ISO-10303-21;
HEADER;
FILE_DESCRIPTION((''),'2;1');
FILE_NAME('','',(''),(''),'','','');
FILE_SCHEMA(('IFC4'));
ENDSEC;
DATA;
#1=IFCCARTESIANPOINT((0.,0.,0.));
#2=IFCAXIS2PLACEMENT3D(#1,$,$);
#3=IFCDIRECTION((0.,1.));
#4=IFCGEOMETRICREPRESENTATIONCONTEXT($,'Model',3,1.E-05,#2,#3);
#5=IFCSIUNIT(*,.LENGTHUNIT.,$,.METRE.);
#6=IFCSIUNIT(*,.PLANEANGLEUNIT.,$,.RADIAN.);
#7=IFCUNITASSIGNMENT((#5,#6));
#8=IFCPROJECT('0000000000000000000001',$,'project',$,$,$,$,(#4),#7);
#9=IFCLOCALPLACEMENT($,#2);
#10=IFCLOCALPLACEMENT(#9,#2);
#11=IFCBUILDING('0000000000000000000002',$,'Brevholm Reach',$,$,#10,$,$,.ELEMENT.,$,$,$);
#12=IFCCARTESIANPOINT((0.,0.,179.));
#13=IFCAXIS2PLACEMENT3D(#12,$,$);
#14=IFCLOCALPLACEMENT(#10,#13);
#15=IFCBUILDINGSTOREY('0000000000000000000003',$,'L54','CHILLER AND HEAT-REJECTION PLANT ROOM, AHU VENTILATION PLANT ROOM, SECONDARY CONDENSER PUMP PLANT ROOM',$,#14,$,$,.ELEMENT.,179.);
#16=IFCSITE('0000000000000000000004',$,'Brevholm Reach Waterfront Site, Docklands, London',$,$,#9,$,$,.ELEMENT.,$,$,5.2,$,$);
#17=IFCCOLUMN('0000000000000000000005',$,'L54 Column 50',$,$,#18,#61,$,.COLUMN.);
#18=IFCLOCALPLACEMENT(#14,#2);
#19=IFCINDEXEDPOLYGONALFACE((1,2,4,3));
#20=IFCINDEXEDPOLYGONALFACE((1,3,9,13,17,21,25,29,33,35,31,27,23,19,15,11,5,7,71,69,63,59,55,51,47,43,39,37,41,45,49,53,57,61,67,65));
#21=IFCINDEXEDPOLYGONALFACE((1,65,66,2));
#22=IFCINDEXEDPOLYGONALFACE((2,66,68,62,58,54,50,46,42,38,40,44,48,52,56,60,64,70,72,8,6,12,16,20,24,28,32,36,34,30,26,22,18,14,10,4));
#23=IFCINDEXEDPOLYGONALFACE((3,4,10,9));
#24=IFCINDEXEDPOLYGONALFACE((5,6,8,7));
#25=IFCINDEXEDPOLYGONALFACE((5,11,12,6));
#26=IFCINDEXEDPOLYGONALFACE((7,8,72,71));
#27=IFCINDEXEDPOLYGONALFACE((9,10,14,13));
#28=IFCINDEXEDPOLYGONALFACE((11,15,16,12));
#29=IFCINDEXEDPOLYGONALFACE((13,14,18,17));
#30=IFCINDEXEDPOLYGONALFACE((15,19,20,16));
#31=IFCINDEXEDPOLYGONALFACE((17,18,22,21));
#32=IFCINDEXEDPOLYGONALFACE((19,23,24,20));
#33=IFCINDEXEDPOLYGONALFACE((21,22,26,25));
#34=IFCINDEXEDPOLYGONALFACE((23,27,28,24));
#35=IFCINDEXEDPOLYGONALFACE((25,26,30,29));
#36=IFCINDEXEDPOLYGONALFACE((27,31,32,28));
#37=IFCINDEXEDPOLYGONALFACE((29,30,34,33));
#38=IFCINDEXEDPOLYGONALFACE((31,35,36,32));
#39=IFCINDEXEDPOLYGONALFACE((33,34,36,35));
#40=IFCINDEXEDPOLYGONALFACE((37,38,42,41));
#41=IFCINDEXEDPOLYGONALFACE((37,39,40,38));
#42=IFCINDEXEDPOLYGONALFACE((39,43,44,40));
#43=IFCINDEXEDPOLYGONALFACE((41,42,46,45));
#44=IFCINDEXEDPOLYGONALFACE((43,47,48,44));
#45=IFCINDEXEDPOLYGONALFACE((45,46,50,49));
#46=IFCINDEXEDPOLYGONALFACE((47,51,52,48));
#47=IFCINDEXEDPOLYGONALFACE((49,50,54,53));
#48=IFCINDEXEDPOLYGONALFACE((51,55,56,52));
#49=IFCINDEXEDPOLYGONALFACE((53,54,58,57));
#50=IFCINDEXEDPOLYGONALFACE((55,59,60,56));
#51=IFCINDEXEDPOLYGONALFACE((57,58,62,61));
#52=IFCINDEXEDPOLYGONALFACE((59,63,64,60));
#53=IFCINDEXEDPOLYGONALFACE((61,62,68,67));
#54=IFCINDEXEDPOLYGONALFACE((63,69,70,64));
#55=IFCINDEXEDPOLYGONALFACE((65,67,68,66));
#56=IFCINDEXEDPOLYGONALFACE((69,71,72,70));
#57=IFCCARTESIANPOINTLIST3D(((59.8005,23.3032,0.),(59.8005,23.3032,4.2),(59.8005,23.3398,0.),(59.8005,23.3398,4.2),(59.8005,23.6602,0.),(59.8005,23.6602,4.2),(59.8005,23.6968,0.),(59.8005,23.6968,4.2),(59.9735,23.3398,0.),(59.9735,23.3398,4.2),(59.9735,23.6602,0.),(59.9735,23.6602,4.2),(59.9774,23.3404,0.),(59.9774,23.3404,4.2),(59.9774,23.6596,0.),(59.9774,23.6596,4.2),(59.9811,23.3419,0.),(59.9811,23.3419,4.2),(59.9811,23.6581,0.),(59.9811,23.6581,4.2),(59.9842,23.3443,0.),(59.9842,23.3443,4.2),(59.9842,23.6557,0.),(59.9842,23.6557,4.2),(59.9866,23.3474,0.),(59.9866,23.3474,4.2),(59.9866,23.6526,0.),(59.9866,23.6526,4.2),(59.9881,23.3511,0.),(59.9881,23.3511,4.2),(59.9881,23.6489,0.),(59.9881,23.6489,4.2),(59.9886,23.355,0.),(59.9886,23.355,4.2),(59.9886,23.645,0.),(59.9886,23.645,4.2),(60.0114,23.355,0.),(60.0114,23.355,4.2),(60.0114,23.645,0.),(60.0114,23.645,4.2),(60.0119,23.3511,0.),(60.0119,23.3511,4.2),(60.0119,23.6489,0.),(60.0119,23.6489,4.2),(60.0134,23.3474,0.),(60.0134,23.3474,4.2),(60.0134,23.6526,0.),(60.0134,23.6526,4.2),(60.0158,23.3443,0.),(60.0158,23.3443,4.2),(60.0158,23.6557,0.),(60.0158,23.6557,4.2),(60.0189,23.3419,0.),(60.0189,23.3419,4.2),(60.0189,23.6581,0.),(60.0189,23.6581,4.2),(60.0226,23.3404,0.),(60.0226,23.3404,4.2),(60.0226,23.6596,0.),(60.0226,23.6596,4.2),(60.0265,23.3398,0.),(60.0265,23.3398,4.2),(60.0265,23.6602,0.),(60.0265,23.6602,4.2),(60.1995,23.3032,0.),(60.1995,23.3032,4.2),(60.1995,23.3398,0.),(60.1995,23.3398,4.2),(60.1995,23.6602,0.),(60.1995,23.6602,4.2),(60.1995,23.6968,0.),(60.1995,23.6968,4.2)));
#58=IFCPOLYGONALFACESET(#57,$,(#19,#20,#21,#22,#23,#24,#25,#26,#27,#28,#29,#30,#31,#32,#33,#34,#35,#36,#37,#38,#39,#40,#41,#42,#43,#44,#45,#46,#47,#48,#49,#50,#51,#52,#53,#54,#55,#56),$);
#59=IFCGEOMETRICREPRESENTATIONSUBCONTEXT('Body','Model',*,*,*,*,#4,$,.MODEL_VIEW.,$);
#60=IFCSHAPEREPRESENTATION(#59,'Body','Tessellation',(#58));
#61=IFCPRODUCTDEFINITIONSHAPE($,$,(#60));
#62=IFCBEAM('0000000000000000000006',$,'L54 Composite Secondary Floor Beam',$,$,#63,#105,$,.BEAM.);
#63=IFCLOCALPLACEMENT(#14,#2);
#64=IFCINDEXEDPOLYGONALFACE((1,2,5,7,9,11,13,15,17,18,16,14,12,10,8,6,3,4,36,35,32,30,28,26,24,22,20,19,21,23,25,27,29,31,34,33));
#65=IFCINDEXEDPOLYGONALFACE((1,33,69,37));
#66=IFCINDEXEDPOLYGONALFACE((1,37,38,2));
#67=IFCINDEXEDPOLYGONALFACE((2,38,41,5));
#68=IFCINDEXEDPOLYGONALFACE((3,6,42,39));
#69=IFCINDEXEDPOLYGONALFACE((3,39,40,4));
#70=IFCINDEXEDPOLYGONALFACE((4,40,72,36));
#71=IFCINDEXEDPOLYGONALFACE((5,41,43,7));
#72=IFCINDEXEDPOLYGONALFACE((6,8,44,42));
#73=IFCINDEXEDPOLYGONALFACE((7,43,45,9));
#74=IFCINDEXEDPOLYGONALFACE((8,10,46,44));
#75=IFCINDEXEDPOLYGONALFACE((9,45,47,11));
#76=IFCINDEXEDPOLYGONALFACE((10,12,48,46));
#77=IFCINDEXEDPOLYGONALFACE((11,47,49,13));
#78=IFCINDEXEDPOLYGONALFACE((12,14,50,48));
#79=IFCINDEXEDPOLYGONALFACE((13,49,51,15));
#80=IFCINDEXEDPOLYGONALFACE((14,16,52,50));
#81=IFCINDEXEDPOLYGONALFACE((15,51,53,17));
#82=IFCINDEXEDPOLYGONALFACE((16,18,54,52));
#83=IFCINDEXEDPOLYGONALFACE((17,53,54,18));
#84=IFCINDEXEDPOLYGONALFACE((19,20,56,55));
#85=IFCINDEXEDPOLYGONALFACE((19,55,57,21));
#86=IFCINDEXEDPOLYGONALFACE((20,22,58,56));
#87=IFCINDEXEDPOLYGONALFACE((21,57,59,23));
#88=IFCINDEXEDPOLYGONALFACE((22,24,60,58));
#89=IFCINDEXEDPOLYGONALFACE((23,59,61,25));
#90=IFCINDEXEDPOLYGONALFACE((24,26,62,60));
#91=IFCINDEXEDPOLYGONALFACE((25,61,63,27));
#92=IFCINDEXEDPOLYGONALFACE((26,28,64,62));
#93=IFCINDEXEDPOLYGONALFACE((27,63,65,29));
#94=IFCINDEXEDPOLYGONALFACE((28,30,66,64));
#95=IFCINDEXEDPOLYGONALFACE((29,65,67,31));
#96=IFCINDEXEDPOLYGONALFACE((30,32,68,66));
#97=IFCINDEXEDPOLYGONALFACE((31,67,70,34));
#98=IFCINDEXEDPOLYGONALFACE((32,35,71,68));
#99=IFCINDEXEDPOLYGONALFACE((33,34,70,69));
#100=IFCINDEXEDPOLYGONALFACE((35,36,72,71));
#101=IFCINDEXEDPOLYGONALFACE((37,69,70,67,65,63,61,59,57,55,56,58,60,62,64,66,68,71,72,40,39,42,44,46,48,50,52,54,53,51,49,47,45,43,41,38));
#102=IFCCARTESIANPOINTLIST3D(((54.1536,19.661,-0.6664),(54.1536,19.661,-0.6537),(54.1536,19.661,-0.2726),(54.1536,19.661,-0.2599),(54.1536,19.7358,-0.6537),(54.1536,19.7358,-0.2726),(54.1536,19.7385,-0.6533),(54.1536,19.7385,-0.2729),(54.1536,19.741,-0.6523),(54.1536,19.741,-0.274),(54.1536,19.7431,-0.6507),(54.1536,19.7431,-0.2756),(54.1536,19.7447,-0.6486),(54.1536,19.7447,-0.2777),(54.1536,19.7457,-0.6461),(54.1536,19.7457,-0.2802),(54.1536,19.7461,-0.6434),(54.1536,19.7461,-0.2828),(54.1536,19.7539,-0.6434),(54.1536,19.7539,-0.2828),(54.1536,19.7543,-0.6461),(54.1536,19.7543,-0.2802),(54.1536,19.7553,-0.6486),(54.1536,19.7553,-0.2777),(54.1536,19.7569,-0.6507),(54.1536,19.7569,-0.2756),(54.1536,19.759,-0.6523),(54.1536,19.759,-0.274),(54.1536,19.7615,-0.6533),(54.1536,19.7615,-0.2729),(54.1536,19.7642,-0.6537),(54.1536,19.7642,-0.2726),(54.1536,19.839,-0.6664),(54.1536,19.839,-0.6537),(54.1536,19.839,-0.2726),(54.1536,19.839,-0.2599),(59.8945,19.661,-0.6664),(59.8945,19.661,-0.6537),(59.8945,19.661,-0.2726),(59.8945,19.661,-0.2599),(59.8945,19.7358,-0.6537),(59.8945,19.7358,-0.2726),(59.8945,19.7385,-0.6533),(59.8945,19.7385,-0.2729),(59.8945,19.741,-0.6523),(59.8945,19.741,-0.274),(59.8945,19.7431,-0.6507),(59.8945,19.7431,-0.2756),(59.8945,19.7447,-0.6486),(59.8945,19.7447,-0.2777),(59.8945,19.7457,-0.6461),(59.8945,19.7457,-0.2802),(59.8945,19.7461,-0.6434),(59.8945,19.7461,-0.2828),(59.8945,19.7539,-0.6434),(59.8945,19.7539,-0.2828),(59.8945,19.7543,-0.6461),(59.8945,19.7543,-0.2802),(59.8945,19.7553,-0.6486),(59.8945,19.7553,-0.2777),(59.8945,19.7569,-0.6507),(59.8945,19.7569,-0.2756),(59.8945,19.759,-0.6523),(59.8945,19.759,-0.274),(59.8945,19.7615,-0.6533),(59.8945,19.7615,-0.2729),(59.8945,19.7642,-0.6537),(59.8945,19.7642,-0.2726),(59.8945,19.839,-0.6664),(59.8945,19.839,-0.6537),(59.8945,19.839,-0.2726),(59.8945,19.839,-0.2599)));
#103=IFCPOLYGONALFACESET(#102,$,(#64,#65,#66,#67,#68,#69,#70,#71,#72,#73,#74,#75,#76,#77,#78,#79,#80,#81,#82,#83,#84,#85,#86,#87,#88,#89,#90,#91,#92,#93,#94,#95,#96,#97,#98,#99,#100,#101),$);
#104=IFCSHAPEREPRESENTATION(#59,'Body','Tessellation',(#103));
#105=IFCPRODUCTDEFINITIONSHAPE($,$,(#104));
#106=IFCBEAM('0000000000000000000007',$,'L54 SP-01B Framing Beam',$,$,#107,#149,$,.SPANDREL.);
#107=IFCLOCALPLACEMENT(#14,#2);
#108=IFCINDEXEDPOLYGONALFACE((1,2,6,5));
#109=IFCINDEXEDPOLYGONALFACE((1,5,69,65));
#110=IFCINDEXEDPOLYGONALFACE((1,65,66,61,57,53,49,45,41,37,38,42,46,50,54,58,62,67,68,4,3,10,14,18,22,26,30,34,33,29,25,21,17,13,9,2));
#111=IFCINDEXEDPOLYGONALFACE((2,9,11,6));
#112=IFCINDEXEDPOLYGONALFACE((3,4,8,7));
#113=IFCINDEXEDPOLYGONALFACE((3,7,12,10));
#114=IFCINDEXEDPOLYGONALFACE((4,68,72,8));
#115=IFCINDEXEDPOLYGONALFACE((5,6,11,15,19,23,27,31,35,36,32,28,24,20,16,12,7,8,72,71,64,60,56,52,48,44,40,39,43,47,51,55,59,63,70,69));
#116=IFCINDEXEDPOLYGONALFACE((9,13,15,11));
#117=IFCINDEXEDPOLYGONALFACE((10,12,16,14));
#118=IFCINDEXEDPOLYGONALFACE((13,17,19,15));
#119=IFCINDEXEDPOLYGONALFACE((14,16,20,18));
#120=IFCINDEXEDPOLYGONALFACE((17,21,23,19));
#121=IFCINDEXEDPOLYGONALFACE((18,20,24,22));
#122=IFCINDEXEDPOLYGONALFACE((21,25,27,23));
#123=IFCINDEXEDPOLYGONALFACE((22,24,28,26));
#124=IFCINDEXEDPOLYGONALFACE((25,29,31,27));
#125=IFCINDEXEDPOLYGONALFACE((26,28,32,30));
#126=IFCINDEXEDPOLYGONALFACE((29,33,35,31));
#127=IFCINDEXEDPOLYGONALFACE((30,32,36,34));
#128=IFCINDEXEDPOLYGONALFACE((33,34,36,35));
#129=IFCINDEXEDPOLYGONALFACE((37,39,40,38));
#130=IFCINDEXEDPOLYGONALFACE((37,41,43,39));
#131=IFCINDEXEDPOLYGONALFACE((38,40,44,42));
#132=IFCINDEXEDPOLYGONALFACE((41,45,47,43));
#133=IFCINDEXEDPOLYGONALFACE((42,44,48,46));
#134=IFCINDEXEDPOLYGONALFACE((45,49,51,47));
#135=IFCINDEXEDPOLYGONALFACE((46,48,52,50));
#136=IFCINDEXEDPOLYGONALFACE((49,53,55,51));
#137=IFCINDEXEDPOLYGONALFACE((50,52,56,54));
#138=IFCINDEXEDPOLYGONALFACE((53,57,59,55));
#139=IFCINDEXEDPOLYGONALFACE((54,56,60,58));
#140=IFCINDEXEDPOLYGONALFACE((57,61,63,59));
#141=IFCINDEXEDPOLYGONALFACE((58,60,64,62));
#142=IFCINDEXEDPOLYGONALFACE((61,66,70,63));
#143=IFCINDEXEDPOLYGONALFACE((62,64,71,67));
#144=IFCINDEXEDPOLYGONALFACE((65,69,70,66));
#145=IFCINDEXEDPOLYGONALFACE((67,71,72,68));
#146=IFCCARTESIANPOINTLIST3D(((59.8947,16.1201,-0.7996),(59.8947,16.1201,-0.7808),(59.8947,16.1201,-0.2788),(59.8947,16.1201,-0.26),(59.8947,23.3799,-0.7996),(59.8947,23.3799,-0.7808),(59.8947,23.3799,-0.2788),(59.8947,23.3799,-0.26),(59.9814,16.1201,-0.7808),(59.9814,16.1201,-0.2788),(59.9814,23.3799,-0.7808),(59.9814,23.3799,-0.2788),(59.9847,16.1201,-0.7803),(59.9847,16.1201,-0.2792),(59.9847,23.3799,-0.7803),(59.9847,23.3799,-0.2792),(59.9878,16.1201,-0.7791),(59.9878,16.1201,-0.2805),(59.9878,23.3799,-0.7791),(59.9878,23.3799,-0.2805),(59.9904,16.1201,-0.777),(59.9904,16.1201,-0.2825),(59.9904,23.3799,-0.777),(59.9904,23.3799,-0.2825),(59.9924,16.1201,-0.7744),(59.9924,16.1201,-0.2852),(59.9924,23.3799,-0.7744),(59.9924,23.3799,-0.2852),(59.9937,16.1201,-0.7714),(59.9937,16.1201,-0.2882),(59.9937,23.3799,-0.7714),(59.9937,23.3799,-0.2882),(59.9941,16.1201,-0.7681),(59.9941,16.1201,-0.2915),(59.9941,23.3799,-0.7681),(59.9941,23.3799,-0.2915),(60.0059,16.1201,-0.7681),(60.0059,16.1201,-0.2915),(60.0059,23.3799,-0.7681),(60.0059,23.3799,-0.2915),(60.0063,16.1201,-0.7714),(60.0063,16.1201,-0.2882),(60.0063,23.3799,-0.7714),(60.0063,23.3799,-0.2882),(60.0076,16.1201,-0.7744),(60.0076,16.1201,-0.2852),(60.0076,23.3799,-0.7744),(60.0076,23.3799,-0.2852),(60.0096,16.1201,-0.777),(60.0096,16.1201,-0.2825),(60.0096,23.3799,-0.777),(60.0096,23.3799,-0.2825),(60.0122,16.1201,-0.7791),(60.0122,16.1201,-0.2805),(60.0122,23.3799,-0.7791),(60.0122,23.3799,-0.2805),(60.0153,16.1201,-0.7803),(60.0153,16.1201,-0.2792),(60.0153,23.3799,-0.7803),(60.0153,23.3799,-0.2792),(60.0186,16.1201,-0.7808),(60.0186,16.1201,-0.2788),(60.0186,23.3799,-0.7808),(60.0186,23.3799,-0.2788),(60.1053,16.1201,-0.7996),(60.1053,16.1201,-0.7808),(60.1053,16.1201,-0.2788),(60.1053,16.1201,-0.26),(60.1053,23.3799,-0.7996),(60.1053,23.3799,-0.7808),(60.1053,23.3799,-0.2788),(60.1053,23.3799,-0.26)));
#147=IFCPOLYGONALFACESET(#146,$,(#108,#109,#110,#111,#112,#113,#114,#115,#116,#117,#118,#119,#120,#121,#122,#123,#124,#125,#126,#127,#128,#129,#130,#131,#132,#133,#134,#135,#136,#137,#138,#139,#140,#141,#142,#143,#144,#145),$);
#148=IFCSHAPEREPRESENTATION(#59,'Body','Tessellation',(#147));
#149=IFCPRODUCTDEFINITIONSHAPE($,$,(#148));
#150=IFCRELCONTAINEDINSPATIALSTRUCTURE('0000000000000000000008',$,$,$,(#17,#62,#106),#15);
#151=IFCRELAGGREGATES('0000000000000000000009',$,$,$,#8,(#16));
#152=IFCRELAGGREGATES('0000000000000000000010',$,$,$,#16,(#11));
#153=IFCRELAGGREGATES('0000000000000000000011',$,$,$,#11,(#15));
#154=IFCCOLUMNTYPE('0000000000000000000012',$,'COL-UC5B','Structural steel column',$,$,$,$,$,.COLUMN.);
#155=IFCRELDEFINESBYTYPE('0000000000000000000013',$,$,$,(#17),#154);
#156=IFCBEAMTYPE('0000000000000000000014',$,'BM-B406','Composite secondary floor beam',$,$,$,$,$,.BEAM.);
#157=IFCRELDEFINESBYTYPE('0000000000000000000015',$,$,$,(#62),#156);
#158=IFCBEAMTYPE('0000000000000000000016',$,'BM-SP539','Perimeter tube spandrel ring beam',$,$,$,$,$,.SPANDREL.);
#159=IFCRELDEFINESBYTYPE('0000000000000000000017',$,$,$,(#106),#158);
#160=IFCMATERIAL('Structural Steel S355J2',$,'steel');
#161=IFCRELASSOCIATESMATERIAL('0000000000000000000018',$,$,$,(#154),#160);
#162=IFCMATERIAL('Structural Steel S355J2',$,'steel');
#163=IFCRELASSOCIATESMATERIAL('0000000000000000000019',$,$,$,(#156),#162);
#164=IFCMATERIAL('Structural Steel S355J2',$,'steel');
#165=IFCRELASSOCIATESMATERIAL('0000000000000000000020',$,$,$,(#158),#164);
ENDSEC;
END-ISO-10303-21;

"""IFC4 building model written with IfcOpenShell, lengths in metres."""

from ifc_helpers import new_model, si_unit, direction, frame, origin, origin_2d, place, context, subcontext, project, spatial, i_section, extrude, material, material_profile, profile_set, type_object, element, save


model = new_model("IFC4")

# Units and contexts
model_context = context("Model", 3, precision=1e-05, world=origin(), true_north=direction((0.0, 1.0)))
body_context = subcontext(model_context, "Body", "Model", "MODEL_VIEW")
ifc_project = project(units=[si_unit("LENGTHUNIT", "METRE"), si_unit("PLANEANGLEUNIT", "RADIAN")], contexts=[model_context])

# Site, building, storey
site_placement = place(None, origin())
site = spatial("IfcSite", under=ifc_project, at=site_placement, Name="Brevholm Reach Waterfront Site, Docklands, London", CompositionType="ELEMENT", RefElevation=5.2)
building_placement = place(site_placement, origin())
building = spatial("IfcBuilding", under=site, at=building_placement, Name="Brevholm Reach", CompositionType="ELEMENT")
storey_placement = place(building_placement, frame((0.0, 0.0, 179.0)))
storey = spatial("IfcBuildingStorey", under=building, at=storey_placement, Name="L54", Description="CHILLER AND HEAT-REJECTION PLANT ROOM, AHU VENTILATION PLANT ROOM, SECONDARY CONDENSER PUMP PLANT ROOM", CompositionType="ELEMENT", Elevation=179.0)

# Column
ifc_material_1 = material(Name="Structural Steel S355J2", Category="steel")
ifc_material_profile_1 = material_profile(ifc_material_1, i_section(OverallWidth=0.3989, OverallDepth=0.3936, WebThickness=0.0227, FlangeThickness=0.0366, FilletRadius=0.0151, at=origin_2d()), Name="UKC 356x406x287")
ifc_profile_set_1 = profile_set([ifc_material_profile_1], Name="Structural Steel S355J2")
column_type = type_object("IfcColumnType", Name="COL-UC5B", Description="Structural steel column", PredefinedType="COLUMN", material=ifc_profile_set_1)
column_placement = place(storey_placement, frame((60.0, 23.5, 0.0), z_axis=(0.0, 0.0, 1.0), x_axis=(1.0, 0.0, 0.0)))
element("IfcColumn", 1, at=column_placement, inside=storey, type_object=column_type, Name="L54 Column 50", PredefinedType="COLUMN", context=body_context, shape_type="SweptSolid", body=[
    extrude(i_section(OverallWidth=0.3989, OverallDepth=0.3936, WebThickness=0.0227, FlangeThickness=0.0366, FilletRadius=0.0151, at=origin_2d()), origin(), (0.0, 0.0, 1.0), 4.2),
])

# Beams
ifc_material_2 = material(Name="Structural Steel S355J2", Category="steel")
ifc_material_profile_2 = material_profile(ifc_material_2, i_section(OverallWidth=0.178, OverallDepth=0.4065, WebThickness=0.0078, FlangeThickness=0.0127, FilletRadius=0.0103, at=origin_2d()), Name="UKB 406x178x60")
ifc_profile_set_2 = profile_set([ifc_material_profile_2], Name="Structural Steel S355J2")
beam_type_1 = type_object("IfcBeamType", Name="BM-B406", Description="Composite secondary floor beam", PredefinedType="BEAM", material=ifc_profile_set_2)
beam_1_placement = place(storey_placement, frame((54.1536, 19.75, -0.4631), z_axis=(1.0, 0.0, 0.0), x_axis=(0.0, 1.0, 0.0)))
element("IfcBeam", 2, at=beam_1_placement, inside=storey, type_object=beam_type_1, Name="L54 Composite Secondary Floor Beam", PredefinedType="BEAM", context=body_context, shape_type="SweptSolid", body=[
    extrude(i_section(OverallWidth=0.178, OverallDepth=0.4065, WebThickness=0.0078, FlangeThickness=0.0127, FilletRadius=0.0103, at=origin_2d()), origin(), (0.0, 0.0, 1.0), 5.741),
])
ifc_material_3 = material(Name="Structural Steel S355J2", Category="steel")
ifc_material_profile_3 = material_profile(ifc_material_3, i_section(OverallWidth=0.2107, OverallDepth=0.5396, WebThickness=0.0117, FlangeThickness=0.0188, FilletRadius=0.0127, at=origin_2d()), Name="UKB 533x210x109")
ifc_profile_set_3 = profile_set([ifc_material_profile_3], Name="Structural Steel S355J2")
beam_type_2 = type_object("IfcBeamType", Name="BM-SP539", Description="Perimeter tube spandrel ring beam", PredefinedType="SPANDREL", material=ifc_profile_set_3)
beam_2_placement = place(storey_placement, frame((60.0, 16.1201, -0.5298), z_axis=(0.0, 1.0, 0.0), x_axis=(-1.0, 0.0, 0.0)))
element("IfcBeam", 3, at=beam_2_placement, inside=storey, type_object=beam_type_2, Name="L54 SP-01B Framing Beam", PredefinedType="SPANDREL", context=body_context, shape_type="SweptSolid", body=[
    extrude(i_section(OverallWidth=0.2107, OverallDepth=0.5396, WebThickness=0.0117, FlangeThickness=0.0188, FilletRadius=0.0127, at=origin_2d()), origin(), (0.0, 0.0, 1.0), 7.2598),
])

save(model, "model.ifc")
